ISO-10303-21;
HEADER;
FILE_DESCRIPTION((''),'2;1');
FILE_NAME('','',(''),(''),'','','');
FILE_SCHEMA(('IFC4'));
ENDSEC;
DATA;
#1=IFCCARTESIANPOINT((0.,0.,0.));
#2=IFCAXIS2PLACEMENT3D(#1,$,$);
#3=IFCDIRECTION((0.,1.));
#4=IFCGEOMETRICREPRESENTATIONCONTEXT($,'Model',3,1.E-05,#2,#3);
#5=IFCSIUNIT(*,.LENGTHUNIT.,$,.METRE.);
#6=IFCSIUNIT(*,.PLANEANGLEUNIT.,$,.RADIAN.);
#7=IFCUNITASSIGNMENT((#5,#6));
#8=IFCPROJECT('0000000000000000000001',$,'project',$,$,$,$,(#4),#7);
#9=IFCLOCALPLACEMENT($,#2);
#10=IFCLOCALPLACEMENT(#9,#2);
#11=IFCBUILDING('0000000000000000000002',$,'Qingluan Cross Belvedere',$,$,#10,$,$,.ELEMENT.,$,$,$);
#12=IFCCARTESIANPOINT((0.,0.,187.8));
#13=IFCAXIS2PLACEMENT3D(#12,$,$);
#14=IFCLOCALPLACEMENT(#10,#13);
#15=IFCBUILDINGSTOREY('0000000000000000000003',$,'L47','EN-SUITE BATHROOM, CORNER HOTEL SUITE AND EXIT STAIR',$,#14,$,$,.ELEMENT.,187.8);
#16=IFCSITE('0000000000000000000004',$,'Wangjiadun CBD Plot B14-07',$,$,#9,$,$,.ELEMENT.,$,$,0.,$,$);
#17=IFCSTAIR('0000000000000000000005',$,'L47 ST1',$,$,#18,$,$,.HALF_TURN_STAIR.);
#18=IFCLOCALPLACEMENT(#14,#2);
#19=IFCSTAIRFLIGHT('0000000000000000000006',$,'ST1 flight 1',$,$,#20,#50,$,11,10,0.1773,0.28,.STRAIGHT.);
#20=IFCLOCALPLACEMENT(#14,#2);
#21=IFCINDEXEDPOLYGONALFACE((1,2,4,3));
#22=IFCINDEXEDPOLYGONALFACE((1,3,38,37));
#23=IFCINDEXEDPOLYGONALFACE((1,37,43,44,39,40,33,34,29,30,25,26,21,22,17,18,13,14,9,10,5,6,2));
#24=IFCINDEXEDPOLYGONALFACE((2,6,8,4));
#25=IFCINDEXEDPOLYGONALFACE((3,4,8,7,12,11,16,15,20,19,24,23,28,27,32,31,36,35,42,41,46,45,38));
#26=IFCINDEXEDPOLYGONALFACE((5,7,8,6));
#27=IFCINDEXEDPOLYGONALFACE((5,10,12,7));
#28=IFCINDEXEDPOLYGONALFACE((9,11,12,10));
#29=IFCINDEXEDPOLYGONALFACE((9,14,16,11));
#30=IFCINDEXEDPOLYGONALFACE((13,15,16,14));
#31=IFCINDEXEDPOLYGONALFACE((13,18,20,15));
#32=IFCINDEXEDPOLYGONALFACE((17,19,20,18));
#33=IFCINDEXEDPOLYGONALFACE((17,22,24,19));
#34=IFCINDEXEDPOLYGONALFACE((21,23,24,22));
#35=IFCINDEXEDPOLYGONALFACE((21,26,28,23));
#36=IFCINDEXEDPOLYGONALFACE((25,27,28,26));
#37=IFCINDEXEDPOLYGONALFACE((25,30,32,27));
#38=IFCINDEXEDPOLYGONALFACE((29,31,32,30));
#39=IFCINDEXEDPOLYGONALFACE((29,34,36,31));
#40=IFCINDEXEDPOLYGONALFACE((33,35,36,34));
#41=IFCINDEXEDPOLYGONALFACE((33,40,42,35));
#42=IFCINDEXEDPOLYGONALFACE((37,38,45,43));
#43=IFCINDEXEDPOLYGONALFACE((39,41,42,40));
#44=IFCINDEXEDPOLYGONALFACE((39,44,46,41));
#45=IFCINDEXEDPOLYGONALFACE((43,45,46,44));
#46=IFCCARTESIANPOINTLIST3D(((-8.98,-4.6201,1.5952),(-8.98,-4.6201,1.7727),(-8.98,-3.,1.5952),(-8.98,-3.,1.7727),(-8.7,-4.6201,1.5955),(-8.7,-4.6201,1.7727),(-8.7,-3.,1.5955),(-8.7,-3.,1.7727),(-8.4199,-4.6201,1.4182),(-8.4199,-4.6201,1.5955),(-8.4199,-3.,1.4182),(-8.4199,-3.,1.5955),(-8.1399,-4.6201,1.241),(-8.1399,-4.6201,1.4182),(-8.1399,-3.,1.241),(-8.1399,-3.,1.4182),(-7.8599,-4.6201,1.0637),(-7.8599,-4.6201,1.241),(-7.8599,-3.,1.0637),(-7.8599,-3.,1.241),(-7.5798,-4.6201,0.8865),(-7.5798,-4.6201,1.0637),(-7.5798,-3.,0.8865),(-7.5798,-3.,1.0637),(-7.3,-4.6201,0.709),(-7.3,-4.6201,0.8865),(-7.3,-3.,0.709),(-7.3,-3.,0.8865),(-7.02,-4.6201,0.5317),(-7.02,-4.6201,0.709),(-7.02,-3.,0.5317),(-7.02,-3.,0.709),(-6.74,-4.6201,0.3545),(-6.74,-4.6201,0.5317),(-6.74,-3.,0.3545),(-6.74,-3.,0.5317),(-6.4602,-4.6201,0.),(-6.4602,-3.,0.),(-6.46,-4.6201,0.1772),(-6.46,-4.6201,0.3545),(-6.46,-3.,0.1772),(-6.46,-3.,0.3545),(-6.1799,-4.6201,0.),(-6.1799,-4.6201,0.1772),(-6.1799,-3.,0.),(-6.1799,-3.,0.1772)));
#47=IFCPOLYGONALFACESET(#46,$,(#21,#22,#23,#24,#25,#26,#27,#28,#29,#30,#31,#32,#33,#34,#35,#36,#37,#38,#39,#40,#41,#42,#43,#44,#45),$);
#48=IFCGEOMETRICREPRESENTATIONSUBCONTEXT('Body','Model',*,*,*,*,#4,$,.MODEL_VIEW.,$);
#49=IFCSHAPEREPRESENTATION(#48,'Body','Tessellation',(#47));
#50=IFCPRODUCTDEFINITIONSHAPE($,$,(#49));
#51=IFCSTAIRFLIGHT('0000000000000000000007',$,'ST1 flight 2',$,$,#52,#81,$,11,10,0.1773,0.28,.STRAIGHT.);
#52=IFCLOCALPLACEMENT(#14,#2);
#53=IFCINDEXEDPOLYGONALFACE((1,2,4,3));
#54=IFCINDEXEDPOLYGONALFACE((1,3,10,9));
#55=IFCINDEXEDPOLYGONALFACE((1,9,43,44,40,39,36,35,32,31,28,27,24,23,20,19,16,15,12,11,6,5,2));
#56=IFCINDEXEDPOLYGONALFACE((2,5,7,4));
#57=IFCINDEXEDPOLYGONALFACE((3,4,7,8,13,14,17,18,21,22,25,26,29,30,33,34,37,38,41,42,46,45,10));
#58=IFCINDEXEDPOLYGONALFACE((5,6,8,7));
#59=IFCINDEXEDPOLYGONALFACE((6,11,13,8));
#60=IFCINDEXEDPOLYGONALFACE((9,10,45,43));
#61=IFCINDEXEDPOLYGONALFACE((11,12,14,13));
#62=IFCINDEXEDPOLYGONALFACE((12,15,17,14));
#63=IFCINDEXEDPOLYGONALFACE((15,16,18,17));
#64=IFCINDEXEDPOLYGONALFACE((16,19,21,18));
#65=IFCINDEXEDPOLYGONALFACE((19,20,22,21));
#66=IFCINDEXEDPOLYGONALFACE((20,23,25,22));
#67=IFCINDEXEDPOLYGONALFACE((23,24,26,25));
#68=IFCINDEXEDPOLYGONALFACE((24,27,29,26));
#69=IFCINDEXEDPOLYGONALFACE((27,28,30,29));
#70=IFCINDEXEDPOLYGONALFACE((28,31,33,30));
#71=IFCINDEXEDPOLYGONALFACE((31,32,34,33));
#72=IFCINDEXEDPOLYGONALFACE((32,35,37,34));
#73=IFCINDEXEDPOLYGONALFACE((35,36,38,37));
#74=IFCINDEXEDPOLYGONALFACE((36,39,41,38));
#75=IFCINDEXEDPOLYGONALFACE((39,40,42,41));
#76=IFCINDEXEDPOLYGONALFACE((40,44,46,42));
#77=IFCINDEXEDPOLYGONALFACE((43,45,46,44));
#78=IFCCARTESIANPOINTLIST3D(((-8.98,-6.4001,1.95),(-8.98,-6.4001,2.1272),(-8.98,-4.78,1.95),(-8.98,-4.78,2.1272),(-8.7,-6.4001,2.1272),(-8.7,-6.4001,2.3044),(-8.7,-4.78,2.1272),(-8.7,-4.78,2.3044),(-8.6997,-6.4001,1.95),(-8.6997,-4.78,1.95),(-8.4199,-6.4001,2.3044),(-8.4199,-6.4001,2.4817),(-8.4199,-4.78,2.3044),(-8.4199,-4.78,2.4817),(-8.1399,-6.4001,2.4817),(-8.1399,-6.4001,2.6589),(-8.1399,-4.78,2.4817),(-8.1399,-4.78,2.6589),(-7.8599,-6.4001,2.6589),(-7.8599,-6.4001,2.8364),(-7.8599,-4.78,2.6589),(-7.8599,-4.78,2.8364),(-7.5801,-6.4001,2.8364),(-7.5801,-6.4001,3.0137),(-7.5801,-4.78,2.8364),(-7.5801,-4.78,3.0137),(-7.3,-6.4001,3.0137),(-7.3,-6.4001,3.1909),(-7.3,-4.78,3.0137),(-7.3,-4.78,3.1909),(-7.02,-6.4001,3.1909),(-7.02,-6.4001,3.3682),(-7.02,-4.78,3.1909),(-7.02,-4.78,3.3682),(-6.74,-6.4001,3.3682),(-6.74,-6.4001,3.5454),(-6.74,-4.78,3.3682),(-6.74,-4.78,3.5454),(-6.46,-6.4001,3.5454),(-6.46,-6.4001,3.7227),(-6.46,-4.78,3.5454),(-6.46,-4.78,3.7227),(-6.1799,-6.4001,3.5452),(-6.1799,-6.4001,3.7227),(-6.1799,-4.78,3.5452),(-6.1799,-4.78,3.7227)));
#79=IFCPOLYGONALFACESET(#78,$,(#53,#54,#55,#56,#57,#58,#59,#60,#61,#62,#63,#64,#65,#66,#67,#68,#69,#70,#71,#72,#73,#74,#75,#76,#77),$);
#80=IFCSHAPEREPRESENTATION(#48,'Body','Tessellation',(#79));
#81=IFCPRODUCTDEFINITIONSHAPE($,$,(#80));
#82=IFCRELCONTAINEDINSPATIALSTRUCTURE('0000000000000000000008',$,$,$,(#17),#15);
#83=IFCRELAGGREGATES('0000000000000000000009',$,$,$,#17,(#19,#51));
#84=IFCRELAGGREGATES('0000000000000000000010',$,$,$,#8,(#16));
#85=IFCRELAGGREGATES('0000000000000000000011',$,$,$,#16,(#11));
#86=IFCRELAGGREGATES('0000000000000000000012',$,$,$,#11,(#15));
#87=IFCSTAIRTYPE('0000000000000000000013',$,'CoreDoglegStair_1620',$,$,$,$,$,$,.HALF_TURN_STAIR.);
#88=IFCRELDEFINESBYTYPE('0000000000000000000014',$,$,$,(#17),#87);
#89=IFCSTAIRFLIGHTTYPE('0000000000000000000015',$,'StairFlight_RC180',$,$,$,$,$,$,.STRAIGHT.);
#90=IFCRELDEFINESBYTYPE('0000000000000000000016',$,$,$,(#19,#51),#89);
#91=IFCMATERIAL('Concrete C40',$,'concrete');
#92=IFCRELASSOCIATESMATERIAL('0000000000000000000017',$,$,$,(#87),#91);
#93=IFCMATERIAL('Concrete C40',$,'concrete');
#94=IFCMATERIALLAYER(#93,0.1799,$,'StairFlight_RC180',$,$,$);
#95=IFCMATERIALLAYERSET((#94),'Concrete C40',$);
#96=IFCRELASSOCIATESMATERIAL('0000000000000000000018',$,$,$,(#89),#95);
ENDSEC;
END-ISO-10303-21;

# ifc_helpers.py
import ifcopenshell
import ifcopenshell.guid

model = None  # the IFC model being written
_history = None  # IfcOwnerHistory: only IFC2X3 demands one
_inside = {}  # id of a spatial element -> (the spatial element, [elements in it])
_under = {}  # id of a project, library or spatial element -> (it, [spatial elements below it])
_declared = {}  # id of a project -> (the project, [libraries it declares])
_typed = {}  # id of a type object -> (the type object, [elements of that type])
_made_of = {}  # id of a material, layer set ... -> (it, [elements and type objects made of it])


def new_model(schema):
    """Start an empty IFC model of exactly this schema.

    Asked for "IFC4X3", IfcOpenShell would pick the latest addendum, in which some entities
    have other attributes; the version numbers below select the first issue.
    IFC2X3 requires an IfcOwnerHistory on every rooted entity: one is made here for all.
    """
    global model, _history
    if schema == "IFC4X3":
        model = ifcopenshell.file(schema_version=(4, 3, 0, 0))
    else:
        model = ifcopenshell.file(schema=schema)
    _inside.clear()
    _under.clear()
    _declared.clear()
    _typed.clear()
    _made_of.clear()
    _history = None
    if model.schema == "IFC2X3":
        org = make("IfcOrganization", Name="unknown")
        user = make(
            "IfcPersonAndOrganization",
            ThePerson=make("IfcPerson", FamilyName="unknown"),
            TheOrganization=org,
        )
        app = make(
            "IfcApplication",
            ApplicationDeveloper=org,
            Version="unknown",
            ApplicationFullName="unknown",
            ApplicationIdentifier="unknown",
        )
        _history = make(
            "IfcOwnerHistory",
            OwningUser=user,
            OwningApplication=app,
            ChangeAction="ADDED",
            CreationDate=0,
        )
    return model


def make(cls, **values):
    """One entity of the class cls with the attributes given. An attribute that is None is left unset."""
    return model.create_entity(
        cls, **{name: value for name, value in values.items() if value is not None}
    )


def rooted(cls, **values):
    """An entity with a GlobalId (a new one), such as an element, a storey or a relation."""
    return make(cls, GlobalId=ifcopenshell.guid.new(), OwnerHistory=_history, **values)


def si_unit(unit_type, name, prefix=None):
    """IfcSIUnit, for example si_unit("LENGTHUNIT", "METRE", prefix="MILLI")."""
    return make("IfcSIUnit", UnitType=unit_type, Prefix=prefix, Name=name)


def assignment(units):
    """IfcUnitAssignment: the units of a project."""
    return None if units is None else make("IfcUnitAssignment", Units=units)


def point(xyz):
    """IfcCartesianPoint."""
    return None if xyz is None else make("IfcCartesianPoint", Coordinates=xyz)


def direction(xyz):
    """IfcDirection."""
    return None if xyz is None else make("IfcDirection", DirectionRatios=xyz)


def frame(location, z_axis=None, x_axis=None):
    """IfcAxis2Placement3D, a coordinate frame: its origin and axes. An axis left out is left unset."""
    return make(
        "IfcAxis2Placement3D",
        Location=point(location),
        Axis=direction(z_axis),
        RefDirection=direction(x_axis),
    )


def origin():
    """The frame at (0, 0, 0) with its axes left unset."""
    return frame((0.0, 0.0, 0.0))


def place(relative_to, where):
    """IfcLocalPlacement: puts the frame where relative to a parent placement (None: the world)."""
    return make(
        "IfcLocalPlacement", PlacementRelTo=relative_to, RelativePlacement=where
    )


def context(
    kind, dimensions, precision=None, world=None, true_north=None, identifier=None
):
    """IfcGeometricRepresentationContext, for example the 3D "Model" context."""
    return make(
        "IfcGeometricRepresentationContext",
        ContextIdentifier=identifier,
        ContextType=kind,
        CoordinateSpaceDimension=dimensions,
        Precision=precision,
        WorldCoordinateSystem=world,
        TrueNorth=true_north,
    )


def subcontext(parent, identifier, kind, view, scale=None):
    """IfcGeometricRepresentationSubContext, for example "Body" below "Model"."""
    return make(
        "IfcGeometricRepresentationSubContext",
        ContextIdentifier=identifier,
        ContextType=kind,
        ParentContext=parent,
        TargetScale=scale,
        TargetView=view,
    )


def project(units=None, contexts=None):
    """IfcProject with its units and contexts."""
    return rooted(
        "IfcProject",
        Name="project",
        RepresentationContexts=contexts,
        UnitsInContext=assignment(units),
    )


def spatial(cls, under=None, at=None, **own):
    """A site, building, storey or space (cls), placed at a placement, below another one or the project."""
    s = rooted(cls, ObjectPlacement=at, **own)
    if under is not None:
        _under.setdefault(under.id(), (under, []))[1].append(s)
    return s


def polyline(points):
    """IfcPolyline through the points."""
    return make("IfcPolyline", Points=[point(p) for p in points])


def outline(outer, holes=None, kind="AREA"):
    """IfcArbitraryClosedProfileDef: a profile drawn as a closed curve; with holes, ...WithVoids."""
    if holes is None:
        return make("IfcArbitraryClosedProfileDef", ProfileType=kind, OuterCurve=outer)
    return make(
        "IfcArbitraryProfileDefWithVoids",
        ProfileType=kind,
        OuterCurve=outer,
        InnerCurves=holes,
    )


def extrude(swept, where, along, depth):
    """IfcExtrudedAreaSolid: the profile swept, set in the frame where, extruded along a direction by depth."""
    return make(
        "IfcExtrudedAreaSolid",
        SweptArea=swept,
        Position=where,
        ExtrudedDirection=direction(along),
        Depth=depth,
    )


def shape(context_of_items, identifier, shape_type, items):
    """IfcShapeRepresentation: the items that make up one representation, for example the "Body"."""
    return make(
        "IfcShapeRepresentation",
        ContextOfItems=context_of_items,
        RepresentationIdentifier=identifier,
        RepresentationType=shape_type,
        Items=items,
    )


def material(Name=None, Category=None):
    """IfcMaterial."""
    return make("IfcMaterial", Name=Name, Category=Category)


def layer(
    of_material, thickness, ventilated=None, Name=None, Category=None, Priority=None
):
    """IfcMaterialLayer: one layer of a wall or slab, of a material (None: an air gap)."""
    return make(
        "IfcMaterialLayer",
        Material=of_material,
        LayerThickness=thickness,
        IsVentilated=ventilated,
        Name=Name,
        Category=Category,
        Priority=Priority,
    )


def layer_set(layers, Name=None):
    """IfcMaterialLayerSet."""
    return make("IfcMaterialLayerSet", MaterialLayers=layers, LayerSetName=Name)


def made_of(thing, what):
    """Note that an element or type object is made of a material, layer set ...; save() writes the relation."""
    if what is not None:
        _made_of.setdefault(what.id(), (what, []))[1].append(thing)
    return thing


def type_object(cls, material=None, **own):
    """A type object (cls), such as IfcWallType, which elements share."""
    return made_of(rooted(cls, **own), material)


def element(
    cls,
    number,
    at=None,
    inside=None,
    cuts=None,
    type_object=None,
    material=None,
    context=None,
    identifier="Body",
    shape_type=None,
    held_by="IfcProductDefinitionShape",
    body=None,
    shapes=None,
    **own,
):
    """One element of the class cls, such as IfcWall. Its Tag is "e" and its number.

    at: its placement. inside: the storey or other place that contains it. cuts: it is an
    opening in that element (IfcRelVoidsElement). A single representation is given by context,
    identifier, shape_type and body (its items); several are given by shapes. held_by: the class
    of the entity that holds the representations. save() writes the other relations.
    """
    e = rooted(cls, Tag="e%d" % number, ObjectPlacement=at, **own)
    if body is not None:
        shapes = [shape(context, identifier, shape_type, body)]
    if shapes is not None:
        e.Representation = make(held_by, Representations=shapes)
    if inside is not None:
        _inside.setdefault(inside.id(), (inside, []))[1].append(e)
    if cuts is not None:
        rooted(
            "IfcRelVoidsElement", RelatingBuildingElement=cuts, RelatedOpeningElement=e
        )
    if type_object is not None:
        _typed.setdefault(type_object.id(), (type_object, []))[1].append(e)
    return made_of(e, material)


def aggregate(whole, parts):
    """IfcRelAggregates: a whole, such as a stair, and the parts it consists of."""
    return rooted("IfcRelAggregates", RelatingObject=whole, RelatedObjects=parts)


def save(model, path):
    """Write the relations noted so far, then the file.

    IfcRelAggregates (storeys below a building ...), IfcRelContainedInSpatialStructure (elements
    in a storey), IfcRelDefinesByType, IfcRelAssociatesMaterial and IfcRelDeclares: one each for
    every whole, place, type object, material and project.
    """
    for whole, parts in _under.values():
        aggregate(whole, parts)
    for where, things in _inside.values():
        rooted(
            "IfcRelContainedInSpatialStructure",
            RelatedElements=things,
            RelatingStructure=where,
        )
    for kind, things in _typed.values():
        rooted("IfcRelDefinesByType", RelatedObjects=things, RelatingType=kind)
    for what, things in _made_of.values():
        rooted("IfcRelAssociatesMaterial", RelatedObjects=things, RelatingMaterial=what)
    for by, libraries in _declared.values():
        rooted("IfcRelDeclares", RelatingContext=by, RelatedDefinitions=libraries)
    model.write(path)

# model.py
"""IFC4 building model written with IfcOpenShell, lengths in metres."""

from ifc_helpers import new_model, si_unit, direction, frame, origin, place, context, subcontext, project, spatial, polyline, outline, extrude, material, layer, layer_set, type_object, element, aggregate, save


model = new_model("IFC4")

# Units and contexts
model_context = context("Model", 3, precision=1e-05, world=origin(), true_north=direction((0.0, 1.0)))
body_context = subcontext(model_context, "Body", "Model", "MODEL_VIEW")
ifc_project = project(units=[si_unit("LENGTHUNIT", "METRE"), si_unit("PLANEANGLEUNIT", "RADIAN")], contexts=[model_context])

# Site, building, storey
site_placement = place(None, origin())
site = spatial("IfcSite", under=ifc_project, at=site_placement, Name="Wangjiadun CBD Plot B14-07", CompositionType="ELEMENT", RefElevation=0.0)
building_placement = place(site_placement, origin())
building = spatial("IfcBuilding", under=site, at=building_placement, Name="Qingluan Cross Belvedere", CompositionType="ELEMENT")
storey_placement = place(building_placement, frame((0.0, 0.0, 187.8)))
storey = spatial("IfcBuildingStorey", under=building, at=storey_placement, Name="L47", Description="EN-SUITE BATHROOM, CORNER HOTEL SUITE AND EXIT STAIR", CompositionType="ELEMENT", Elevation=187.8)

# Stair, stair flights
ifc_material_1 = material(Name="Concrete C40", Category="concrete")
stair_type = type_object("IfcStairType", Name="CoreDoglegStair_1620", PredefinedType="HALF_TURN_STAIR", material=ifc_material_1)
stair_placement = place(storey_placement, origin())
stair = element("IfcStair", 1, at=stair_placement, inside=storey, type_object=stair_type, Name="L47 ST1", PredefinedType="HALF_TURN_STAIR")
ifc_material_2 = material(Name="Concrete C40", Category="concrete")
ifc_layer_1 = layer(ifc_material_2, 0.1799, Name="StairFlight_RC180")
ifc_layer_set_1 = layer_set([ifc_layer_1], Name="Concrete C40")
stair_flight_type = type_object("IfcStairFlightType", Name="StairFlight_RC180", PredefinedType="STRAIGHT", material=ifc_layer_set_1)
stair_flight_1_placement = place(storey_placement, frame((-6.1799, -3.8101, 0.0), z_axis=(0.0, 0.0, 1.0), x_axis=(-1.0, 0.0, 0.0)))
stair_flight_1 = element("IfcStairFlight", 2, at=stair_flight_1_placement, type_object=stair_flight_type, Name="ST1 flight 1", NumberOfRisers=11, NumberOfTreads=10, PredefinedType="STRAIGHT", RiserHeight=0.1773, TreadLength=0.28, context=body_context, shape_type="SweptSolid", body=[
    extrude(outline(polyline([(0.0, 0.0), (0.0, 0.1772), (0.28, 0.1772), (0.28, 0.3545), (0.5601, 0.3545), (0.5601, 0.5317), (0.8401, 0.5317), (0.8401, 0.709), (1.1201, 0.709), (1.1201, 0.8865), (1.3999, 0.8865), (1.3999, 1.0637), (1.6799, 1.0637), (1.6799, 1.241), (1.96, 1.241), (1.96, 1.4182), (2.24, 1.4182), (2.24, 1.5955), (2.52, 1.5955), (2.52, 1.7727), (2.8, 1.7727), (2.8, 1.95), (2.8, 1.5952), (0.2803, 0.0), (0.0, 0.0)])), frame((0.0, 0.8101, 0.0), z_axis=(0.0, -1.0, 0.0), x_axis=(1.0, 0.0, 0.0)), (0.0, 0.0, 1.0), 1.6201),
])
stair_flight_2_placement = place(storey_placement, frame((-8.98, -5.5901, 1.95), z_axis=(0.0, 0.0, 1.0), x_axis=(1.0, 0.0, 0.0)))
stair_flight_2 = element("IfcStairFlight", 3, at=stair_flight_2_placement, type_object=stair_flight_type, Name="ST1 flight 2", NumberOfRisers=11, NumberOfTreads=10, PredefinedType="STRAIGHT", RiserHeight=0.1773, TreadLength=0.28, context=body_context, shape_type="SweptSolid", body=[
    extrude(outline(polyline([(0.0, 0.0), (0.0, 0.1772), (0.28, 0.1772), (0.28, 0.3545), (0.5601, 0.3545), (0.5601, 0.5317), (0.8401, 0.5317), (0.8401, 0.709), (1.1201, 0.709), (1.1201, 0.8865), (1.3999, 0.8865), (1.3999, 1.0637), (1.6799, 1.0637), (1.6799, 1.241), (1.96, 1.241), (1.96, 1.4182), (2.24, 1.4182), (2.24, 1.5955), (2.52, 1.5955), (2.52, 1.7727), (2.8, 1.7727), (2.8, 1.95), (2.8, 1.5952), (0.2803, 0.0), (0.0, 0.0)])), frame((0.0, 0.8101, 0.0), z_axis=(0.0, -1.0, 0.0), x_axis=(1.0, 0.0, 0.0)), (0.0, 0.0, 1.0), 1.6201),
])
aggregate(stair, [stair_flight_1, stair_flight_2])

save(model, "model.ifc")
